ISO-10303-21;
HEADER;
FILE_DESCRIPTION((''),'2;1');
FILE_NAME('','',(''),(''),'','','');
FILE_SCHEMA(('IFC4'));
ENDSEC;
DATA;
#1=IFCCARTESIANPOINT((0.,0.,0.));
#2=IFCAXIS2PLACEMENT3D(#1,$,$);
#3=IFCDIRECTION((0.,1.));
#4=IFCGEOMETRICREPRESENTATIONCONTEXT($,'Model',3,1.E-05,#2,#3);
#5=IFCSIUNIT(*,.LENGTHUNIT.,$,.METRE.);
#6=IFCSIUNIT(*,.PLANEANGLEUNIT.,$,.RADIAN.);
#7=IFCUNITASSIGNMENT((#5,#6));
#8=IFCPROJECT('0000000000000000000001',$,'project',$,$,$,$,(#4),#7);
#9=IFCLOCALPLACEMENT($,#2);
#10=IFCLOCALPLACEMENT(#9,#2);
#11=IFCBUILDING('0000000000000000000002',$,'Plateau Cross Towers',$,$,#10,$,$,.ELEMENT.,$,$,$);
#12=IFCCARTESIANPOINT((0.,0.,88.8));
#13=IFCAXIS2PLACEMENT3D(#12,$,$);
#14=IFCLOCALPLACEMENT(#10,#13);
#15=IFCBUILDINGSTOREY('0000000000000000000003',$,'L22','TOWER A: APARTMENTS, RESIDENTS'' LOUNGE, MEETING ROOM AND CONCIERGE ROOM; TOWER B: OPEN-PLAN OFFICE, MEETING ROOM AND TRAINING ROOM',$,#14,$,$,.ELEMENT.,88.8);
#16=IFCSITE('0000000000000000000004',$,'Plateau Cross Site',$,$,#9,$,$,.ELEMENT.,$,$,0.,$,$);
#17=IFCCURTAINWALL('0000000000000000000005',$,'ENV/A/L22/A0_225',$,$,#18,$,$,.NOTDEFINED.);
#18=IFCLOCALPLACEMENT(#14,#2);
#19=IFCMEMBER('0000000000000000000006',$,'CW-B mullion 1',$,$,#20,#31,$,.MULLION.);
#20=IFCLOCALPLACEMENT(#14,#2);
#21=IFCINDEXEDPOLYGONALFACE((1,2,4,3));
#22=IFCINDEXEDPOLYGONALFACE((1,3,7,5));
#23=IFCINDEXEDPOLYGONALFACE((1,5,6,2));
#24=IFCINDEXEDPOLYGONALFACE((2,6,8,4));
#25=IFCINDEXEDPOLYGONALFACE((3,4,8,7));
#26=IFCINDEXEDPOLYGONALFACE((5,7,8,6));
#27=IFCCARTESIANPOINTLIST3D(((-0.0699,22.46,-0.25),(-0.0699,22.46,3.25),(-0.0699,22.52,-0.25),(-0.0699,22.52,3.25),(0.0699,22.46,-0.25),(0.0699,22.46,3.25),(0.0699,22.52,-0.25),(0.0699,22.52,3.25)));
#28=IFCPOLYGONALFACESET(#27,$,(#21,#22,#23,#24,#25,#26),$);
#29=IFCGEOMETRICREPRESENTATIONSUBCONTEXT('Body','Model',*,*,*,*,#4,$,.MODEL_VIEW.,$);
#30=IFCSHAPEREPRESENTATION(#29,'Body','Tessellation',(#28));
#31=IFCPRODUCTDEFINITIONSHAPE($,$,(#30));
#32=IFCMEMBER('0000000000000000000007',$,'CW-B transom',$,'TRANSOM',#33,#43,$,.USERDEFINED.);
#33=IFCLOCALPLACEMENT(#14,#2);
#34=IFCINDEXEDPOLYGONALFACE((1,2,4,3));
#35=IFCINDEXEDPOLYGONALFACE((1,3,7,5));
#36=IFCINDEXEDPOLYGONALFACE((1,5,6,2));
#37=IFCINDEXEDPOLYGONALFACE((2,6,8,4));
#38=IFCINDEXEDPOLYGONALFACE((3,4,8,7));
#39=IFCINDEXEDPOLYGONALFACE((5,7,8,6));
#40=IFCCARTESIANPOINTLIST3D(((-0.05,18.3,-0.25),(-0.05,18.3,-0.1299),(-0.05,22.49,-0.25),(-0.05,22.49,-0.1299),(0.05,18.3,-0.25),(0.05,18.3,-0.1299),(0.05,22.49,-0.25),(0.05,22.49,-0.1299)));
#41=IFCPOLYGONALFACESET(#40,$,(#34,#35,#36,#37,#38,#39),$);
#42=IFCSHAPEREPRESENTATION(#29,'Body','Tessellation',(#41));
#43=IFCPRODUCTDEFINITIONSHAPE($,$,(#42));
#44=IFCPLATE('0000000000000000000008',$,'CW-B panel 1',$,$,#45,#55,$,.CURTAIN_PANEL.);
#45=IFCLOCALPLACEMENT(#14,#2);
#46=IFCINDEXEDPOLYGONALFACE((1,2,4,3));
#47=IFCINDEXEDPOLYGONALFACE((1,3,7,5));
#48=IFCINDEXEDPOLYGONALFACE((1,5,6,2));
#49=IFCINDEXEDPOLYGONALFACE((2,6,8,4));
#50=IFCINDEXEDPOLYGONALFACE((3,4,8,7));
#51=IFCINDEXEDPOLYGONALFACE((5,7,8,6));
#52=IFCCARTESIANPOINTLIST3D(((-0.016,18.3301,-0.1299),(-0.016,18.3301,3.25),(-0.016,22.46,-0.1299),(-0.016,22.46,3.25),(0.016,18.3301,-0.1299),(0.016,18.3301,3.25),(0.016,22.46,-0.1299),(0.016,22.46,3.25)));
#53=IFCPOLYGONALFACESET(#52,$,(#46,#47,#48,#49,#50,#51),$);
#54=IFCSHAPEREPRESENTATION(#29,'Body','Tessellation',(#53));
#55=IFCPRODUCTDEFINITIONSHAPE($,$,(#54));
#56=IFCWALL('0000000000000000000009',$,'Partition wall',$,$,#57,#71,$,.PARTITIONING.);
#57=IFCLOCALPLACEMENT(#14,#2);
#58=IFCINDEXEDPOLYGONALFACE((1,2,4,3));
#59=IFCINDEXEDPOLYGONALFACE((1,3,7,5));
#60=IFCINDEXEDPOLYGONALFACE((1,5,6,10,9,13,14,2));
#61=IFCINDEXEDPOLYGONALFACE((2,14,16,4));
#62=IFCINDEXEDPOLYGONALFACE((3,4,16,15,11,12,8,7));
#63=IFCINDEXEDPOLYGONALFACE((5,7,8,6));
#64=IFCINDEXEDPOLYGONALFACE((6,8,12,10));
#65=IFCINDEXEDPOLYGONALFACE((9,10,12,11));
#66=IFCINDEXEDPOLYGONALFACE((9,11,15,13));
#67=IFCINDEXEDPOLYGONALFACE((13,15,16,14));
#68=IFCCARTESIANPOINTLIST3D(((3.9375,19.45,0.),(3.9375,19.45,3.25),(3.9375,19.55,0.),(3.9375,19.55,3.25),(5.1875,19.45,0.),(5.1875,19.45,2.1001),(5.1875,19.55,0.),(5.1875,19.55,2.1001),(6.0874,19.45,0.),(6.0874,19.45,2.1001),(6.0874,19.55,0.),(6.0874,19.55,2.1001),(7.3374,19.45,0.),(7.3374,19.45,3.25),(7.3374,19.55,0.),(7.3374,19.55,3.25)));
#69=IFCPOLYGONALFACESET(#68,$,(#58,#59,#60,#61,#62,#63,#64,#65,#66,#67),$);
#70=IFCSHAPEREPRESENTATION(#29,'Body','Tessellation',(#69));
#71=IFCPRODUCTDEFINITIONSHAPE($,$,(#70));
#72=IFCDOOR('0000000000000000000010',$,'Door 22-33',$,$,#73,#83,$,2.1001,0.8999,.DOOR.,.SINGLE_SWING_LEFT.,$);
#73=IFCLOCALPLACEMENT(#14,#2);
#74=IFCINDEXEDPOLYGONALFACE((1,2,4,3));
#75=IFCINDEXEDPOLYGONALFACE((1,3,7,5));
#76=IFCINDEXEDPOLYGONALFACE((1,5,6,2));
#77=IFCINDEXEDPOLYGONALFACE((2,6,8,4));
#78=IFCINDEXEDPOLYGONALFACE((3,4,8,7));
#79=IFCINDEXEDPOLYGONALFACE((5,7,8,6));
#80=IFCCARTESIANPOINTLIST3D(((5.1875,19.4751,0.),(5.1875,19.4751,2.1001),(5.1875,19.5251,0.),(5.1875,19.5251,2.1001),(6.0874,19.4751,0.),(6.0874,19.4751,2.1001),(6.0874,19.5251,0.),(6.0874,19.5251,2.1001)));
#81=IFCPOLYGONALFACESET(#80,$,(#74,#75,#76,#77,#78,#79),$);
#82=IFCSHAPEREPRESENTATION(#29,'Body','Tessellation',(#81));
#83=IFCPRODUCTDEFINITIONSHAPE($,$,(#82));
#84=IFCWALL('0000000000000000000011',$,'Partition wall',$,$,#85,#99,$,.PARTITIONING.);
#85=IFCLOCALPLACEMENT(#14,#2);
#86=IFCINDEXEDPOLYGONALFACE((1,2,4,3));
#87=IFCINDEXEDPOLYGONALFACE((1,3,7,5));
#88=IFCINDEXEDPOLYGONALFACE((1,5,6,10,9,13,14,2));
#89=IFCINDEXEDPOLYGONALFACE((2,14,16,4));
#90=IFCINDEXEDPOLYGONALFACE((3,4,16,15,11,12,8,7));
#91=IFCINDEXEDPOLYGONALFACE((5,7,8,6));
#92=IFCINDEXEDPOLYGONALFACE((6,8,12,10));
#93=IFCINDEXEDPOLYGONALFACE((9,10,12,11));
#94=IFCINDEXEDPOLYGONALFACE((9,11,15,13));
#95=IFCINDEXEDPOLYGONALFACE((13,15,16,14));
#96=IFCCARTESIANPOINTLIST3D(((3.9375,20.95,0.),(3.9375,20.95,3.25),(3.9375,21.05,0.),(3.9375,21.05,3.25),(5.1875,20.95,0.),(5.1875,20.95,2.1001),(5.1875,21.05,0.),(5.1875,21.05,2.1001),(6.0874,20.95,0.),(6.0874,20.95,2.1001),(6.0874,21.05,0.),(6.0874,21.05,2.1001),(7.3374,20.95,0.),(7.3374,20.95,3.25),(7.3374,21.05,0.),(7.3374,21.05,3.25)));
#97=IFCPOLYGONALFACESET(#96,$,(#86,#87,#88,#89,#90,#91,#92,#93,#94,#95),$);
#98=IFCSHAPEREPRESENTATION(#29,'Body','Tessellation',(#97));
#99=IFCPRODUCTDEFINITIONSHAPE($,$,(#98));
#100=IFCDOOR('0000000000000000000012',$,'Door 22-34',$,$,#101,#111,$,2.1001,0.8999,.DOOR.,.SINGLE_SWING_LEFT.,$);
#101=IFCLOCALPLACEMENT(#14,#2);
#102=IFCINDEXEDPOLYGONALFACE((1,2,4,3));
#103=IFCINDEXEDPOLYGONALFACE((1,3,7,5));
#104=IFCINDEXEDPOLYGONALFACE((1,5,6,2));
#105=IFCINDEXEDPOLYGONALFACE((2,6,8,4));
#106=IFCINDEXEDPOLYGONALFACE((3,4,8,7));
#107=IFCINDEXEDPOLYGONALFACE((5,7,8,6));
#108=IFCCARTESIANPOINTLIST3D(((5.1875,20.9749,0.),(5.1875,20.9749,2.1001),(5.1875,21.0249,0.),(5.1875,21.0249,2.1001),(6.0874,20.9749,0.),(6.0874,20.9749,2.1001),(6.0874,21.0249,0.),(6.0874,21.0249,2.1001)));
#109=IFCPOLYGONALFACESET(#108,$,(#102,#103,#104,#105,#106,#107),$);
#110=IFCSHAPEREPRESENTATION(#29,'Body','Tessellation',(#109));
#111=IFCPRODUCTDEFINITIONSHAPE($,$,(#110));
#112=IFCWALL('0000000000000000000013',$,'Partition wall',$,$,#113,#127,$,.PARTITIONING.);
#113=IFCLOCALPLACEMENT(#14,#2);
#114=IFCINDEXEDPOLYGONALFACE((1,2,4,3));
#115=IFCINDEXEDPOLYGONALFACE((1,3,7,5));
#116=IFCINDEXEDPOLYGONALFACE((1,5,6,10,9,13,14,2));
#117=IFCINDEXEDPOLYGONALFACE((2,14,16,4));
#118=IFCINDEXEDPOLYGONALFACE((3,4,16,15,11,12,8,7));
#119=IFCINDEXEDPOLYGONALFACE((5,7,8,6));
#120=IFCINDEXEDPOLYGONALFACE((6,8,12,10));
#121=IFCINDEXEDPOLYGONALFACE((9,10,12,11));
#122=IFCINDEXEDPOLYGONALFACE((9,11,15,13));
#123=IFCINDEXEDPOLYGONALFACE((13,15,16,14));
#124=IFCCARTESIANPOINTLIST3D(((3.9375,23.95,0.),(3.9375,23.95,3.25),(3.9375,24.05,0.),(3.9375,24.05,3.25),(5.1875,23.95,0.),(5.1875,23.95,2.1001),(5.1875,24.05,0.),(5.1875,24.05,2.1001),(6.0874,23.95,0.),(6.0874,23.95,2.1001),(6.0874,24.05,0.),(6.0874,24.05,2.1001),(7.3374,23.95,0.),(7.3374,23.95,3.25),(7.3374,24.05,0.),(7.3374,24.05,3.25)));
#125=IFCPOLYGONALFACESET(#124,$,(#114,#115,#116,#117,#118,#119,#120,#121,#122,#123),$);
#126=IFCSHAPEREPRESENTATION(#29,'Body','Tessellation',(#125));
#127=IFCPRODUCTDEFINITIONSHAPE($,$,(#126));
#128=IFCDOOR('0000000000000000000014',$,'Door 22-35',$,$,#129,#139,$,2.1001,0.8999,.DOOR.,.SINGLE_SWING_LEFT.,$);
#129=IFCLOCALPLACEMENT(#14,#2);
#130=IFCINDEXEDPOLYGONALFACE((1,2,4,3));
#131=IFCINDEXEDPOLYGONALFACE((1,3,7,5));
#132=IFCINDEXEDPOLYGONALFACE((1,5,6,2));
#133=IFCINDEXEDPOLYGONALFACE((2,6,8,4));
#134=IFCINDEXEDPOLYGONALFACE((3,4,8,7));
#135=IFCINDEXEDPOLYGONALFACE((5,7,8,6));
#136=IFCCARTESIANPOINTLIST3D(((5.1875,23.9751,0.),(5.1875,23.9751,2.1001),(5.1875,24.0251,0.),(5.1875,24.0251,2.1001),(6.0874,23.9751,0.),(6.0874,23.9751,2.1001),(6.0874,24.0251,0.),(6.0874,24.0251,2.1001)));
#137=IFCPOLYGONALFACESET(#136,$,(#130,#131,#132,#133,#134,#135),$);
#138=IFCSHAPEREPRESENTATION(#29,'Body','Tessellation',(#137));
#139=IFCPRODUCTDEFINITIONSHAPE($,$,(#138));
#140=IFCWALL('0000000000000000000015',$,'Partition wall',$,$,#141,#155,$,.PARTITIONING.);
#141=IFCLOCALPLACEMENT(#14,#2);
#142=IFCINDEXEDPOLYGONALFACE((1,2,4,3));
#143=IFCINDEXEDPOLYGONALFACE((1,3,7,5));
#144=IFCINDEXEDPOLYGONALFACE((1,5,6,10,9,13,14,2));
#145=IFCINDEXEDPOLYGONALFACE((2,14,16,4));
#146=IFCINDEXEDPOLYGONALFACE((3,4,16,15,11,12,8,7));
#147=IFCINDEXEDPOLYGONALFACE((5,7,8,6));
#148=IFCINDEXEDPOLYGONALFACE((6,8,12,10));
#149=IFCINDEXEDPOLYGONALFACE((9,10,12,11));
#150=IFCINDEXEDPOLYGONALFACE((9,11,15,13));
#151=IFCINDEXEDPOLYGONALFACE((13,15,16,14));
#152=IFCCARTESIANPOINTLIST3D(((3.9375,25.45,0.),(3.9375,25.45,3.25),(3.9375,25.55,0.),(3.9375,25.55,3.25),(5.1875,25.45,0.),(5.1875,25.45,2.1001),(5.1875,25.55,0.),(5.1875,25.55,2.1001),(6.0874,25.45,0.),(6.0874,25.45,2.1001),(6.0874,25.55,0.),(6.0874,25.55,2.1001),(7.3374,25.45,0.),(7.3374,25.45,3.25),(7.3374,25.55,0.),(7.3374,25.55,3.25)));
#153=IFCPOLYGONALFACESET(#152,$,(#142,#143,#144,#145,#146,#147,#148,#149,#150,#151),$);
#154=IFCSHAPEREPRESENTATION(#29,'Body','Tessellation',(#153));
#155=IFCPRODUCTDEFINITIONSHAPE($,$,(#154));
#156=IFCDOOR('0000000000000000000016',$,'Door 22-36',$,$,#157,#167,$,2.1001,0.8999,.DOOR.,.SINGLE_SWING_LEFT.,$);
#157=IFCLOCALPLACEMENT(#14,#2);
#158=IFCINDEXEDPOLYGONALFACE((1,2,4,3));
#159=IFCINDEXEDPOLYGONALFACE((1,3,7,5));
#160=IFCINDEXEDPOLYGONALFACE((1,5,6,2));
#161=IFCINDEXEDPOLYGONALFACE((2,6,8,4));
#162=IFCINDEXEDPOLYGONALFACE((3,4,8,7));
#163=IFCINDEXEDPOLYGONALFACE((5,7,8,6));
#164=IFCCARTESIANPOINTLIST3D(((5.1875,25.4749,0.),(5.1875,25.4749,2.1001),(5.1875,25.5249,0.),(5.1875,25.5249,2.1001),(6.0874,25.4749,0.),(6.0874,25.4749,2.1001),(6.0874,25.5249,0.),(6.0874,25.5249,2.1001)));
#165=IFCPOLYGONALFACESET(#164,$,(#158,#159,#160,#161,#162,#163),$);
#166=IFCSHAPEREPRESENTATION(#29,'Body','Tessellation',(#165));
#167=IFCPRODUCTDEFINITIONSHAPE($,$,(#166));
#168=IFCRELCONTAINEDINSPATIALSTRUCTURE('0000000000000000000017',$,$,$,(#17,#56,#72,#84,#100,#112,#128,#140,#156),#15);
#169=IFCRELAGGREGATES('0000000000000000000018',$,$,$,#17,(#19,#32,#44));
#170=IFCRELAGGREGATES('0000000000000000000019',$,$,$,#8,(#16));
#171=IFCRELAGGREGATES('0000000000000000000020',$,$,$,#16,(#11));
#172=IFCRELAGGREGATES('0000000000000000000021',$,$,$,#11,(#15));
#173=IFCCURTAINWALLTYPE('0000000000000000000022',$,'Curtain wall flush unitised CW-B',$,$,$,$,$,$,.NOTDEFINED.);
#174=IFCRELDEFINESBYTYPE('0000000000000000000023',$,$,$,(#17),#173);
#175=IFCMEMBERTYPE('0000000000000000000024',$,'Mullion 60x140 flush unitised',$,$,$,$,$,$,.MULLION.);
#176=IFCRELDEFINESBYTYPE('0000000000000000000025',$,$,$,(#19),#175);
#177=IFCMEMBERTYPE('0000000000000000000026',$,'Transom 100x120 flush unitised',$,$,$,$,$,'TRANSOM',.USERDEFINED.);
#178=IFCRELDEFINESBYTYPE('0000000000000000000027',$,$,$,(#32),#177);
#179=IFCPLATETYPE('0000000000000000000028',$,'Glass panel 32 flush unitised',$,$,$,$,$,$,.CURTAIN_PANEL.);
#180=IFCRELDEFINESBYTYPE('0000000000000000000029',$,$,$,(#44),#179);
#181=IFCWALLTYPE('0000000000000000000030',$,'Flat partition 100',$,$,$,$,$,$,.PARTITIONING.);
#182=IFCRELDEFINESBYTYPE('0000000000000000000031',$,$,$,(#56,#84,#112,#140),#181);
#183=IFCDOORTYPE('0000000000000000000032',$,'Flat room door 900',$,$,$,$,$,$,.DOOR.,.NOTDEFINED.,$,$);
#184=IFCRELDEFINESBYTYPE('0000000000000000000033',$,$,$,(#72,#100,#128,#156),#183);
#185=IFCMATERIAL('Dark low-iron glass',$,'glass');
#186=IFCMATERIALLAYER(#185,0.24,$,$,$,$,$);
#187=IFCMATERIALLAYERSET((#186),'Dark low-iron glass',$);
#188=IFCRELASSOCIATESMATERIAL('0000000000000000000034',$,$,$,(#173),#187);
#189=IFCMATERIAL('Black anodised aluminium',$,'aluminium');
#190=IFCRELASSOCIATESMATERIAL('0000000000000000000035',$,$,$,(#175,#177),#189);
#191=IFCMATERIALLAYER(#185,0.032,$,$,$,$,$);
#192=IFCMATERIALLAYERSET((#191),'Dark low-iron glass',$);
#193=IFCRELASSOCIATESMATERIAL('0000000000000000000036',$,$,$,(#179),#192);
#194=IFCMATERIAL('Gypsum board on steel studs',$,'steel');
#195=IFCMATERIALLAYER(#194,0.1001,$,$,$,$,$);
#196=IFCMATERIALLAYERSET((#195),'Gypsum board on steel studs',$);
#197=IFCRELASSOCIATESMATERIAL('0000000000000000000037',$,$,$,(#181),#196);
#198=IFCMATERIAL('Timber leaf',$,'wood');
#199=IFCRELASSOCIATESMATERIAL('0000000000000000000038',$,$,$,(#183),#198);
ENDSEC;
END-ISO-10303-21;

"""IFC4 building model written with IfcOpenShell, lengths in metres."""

from ifc_helpers import new_model, si_unit, direction, frame, frame_2d, origin, origin_2d, place, context, subcontext, project, spatial, rectangle, extrude, material, layer, layer_set, material_profile, profile_set, type_object, element, fill, aggregate, save


model = new_model("IFC4")

# Units and contexts
model_context = context("Model", 3, precision=1e-05, world=origin(), true_north=direction((0.0, 1.0)))
body_context = subcontext(model_context, "Body", "Model", "MODEL_VIEW")
ifc_project = project(units=[si_unit("LENGTHUNIT", "METRE"), si_unit("PLANEANGLEUNIT", "RADIAN")], contexts=[model_context])

# Site, building, storey
site_placement = place(None, origin())
site = spatial("IfcSite", under=ifc_project, at=site_placement, Name="Plateau Cross Site", CompositionType="ELEMENT", RefElevation=0.0)
building_placement = place(site_placement, origin())
building = spatial("IfcBuilding", under=site, at=building_placement, Name="Plateau Cross Towers", CompositionType="ELEMENT")
storey_placement = place(building_placement, frame((0.0, 0.0, 88.8)))
storey = spatial("IfcBuildingStorey", under=building, at=storey_placement, Name="L22", Description="TOWER A: APARTMENTS, RESIDENTS' LOUNGE, MEETING ROOM AND CONCIERGE ROOM; TOWER B: OPEN-PLAN OFFICE, MEETING ROOM AND TRAINING ROOM", CompositionType="ELEMENT", Elevation=88.8)

# Curtain wall, members, plate
ifc_material_1 = material(Name="Dark low-iron glass", Category="glass")
ifc_layer_1 = layer(ifc_material_1, 0.24)
ifc_layer_set_1 = layer_set([ifc_layer_1], Name="Dark low-iron glass")
curtain_wall_type = type_object("IfcCurtainWallType", Name="Curtain wall flush unitised CW-B", PredefinedType="NOTDEFINED", material=ifc_layer_set_1)
curtain_wall_placement = place(storey_placement, origin())
curtain_wall = element("IfcCurtainWall", 1, at=curtain_wall_placement, inside=storey, type_object=curtain_wall_type, Name="ENV/A/L22/A0_225", PredefinedType="NOTDEFINED")
ifc_material_2 = material(Name="Black anodised aluminium", Category="aluminium")
ifc_material_profile_1 = material_profile(ifc_material_2, rectangle(XDim=0.0601, YDim=0.1399, at=origin_2d()), Name="MULLION 60x140")
ifc_profile_set_1 = profile_set([ifc_material_profile_1], Name="Black anodised aluminium")
member_type_1 = type_object("IfcMemberType", Name="Mullion 60x140 flush unitised", PredefinedType="MULLION", material=ifc_profile_set_1)
member_1_placement = place(storey_placement, frame((0.0, 22.49, -0.25), z_axis=(0.0, 0.0, 1.0), x_axis=(0.0, -1.0, 0.0)))
member_1 = element("IfcMember", 2, at=member_1_placement, type_object=member_type_1, Name="CW-B mullion 1", PredefinedType="MULLION", context=body_context, shape_type="SweptSolid", body=[
    extrude(rectangle(XDim=0.0601, YDim=0.1399, at=origin_2d()), origin(), (0.0, 0.0, 1.0), 3.5),
])
ifc_material_profile_2 = material_profile(ifc_material_2, rectangle(XDim=0.1001, YDim=0.1201, at=origin_2d()), Name="TRANSOM 100x120")
ifc_profile_set_2 = profile_set([ifc_material_profile_2], Name="Black anodised aluminium")
member_type_2 = type_object("IfcMemberType", Name="Transom 100x120 flush unitised", ElementType="TRANSOM", PredefinedType="USERDEFINED", material=ifc_profile_set_2)
member_2_placement = place(storey_placement, frame((0.0, 22.49, -0.1899), z_axis=(0.0, -1.0, 0.0), x_axis=(1.0, 0.0, 0.0)))
member_2 = element("IfcMember", 3, at=member_2_placement, type_object=member_type_2, Name="CW-B transom", ObjectType="TRANSOM", PredefinedType="USERDEFINED", context=body_context, shape_type="SweptSolid", body=[
    extrude(rectangle(XDim=0.1001, YDim=0.1201, at=origin_2d()), origin(), (0.0, 0.0, 1.0), 4.1899),
])
ifc_layer_2 = layer(ifc_material_1, 0.032)
ifc_layer_set_2 = layer_set([ifc_layer_2], Name="Dark low-iron glass")
plate_type = type_object("IfcPlateType", Name="Glass panel 32 flush unitised", PredefinedType="CURTAIN_PANEL", material=ifc_layer_set_2)
plate_placement = place(storey_placement, frame((0.0, 20.395, -0.1299), z_axis=(0.0, 0.0, 1.0), x_axis=(0.0, -1.0, 0.0)))
plate = element("IfcPlate", 4, at=plate_placement, type_object=plate_type, Name="CW-B panel 1", PredefinedType="CURTAIN_PANEL", context=body_context, shape_type="SweptSolid", body=[
    extrude(rectangle(XDim=4.1299, YDim=0.032, at=origin_2d()), origin(), (0.0, 0.0, 1.0), 3.3799),
])
aggregate(curtain_wall, [member_1, member_2, plate])

# Walls, openings, doors
ifc_material_3 = material(Name="Gypsum board on steel studs", Category="steel")
ifc_layer_3 = layer(ifc_material_3, 0.1001)
ifc_layer_set_3 = layer_set([ifc_layer_3], Name="Gypsum board on steel studs")
wall_type_1 = type_object("IfcWallType", Name="Flat partition 100", PredefinedType="PARTITIONING", material=ifc_layer_set_3)
wall_1_placement = place(storey_placement, frame((7.3374, 19.5, 0.0), z_axis=(0.0, 0.0, 1.0), x_axis=(-1.0, 0.0, 0.0)))
wall_1 = element("IfcWall", 5, at=wall_1_placement, inside=storey, type_object=wall_type_1, Name="Partition wall", PredefinedType="PARTITIONING", context=body_context, shape_type="SweptSolid", body=[
    extrude(rectangle(XDim=3.3999, YDim=0.1001, at=frame_2d((1.7, 0.0))), origin(), (0.0, 0.0, 1.0), 3.25),
])
opening_1_placement = place(wall_1_placement, frame((1.25, 0.0, 0.0)))
opening_1 = element("IfcOpeningElement", 6, at=opening_1_placement, cuts=wall_1, PredefinedType="OPENING", context=body_context, shape_type="SweptSolid", body=[
    extrude(rectangle(XDim=0.8999, YDim=2.1001, at=frame_2d((0.45, 1.05))), frame((0.0, 0.0601, 0.0), z_axis=(0.0, -1.0, 0.0), x_axis=(1.0, 0.0, 0.0)), (0.0, 0.0, 1.0), 0.1201),
])
ifc_material_4 = material(Name="Timber leaf", Category="wood")
door_type_1 = type_object("IfcDoorType", Name="Flat room door 900", OperationType="NOTDEFINED", PredefinedType="DOOR", material=ifc_material_4)
door_1_placement = place(opening_1_placement, origin())
door_1 = element("IfcDoor", 7, at=door_1_placement, inside=storey, type_object=door_type_1, Name="Door 22-33", OperationType="SINGLE_SWING_LEFT", OverallHeight=2.1001, OverallWidth=0.8999, PredefinedType="DOOR", context=body_context, shape_type="SweptSolid", body=[
    extrude(rectangle(XDim=0.8999, YDim=2.1001, at=frame_2d((0.45, 1.05))), frame((0.0, 0.0249, 0.0), z_axis=(0.0, -1.0, 0.0), x_axis=(1.0, 0.0, 0.0)), (0.0, 0.0, 1.0), 0.05),
])
fill(opening_1, door_1)
wall_2_placement = place(storey_placement, frame((3.9375, 21.0, 0.0), z_axis=(0.0, 0.0, 1.0), x_axis=(1.0, 0.0, 0.0)))
wall_2 = element("IfcWall", 8, at=wall_2_placement, inside=storey, type_object=wall_type_1, Name="Partition wall", PredefinedType="PARTITIONING", context=body_context, shape_type="SweptSolid", body=[
    extrude(rectangle(XDim=3.3999, YDim=0.1001, at=frame_2d((1.7, 0.0))), origin(), (0.0, 0.0, 1.0), 3.25),
])
opening_2_placement = place(wall_2_placement, frame((1.25, 0.0, 0.0)))
opening_2 = element("IfcOpeningElement", 9, at=opening_2_placement, cuts=wall_2, PredefinedType="OPENING", context=body_context, shape_type="SweptSolid", body=[
    extrude(rectangle(XDim=0.8999, YDim=2.1001, at=frame_2d((0.45, 1.05))), frame((0.0, 0.0601, 0.0), z_axis=(0.0, -1.0, 0.0), x_axis=(1.0, 0.0, 0.0)), (0.0, 0.0, 1.0), 0.1201),
])
door_2_placement = place(opening_2_placement, origin())
door_2 = element("IfcDoor", 10, at=door_2_placement, inside=storey, type_object=door_type_1, Name="Door 22-34", OperationType="SINGLE_SWING_LEFT", OverallHeight=2.1001, OverallWidth=0.8999, PredefinedType="DOOR", context=body_context, shape_type="SweptSolid", body=[
    extrude(rectangle(XDim=0.8999, YDim=2.1001, at=frame_2d((0.45, 1.05))), frame((0.0, 0.0249, 0.0), z_axis=(0.0, -1.0, 0.0), x_axis=(1.0, 0.0, 0.0)), (0.0, 0.0, 1.0), 0.05),
])
fill(opening_2, door_2)
wall_3_placement = place(storey_placement, frame((7.3374, 24.0, 0.0), z_axis=(0.0, 0.0, 1.0), x_axis=(-1.0, 0.0, 0.0)))
wall_3 = element("IfcWall", 11, at=wall_3_placement, inside=storey, type_object=wall_type_1, Name="Partition wall", PredefinedType="PARTITIONING", context=body_context, shape_type="SweptSolid", body=[
    extrude(rectangle(XDim=3.3999, YDim=0.1001, at=frame_2d((1.7, 0.0))), origin(), (0.0, 0.0, 1.0), 3.25),
])
opening_3_placement = place(wall_3_placement, frame((1.25, 0.0, 0.0)))
opening_3 = element("IfcOpeningElement", 12, at=opening_3_placement, cuts=wall_3, PredefinedType="OPENING", context=body_context, shape_type="SweptSolid", body=[
    extrude(rectangle(XDim=0.8999, YDim=2.1001, at=frame_2d((0.45, 1.05))), frame((0.0, 0.0601, 0.0), z_axis=(0.0, -1.0, 0.0), x_axis=(1.0, 0.0, 0.0)), (0.0, 0.0, 1.0), 0.1201),
])
door_3_placement = place(opening_3_placement, origin())
door_3 = element("IfcDoor", 13, at=door_3_placement, inside=storey, type_object=door_type_1, Name="Door 22-35", OperationType="SINGLE_SWING_LEFT", OverallHeight=2.1001, OverallWidth=0.8999, PredefinedType="DOOR", context=body_context, shape_type="SweptSolid", body=[
    extrude(rectangle(XDim=0.8999, YDim=2.1001, at=frame_2d((0.45, 1.05))), frame((0.0, 0.0249, 0.0), z_axis=(0.0, -1.0, 0.0), x_axis=(1.0, 0.0, 0.0)), (0.0, 0.0, 1.0), 0.05),
])
fill(opening_3, door_3)
wall_4_placement = place(storey_placement, frame((3.9375, 25.5, 0.0), z_axis=(0.0, 0.0, 1.0), x_axis=(1.0, 0.0, 0.0)))
wall_4 = element("IfcWall", 14, at=wall_4_placement, inside=storey, type_object=wall_type_1, Name="Partition wall", PredefinedType="PARTITIONING", context=body_context, shape_type="SweptSolid", body=[
    extrude(rectangle(XDim=3.3999, YDim=0.1001, at=frame_2d((1.7, 0.0))), origin(), (0.0, 0.0, 1.0), 3.25),
])
opening_4_placement = place(wall_4_placement, frame((1.25, 0.0, 0.0)))
opening_4 = element("IfcOpeningElement", 15, at=opening_4_placement, cuts=wall_4, PredefinedType="OPENING", context=body_context, shape_type="SweptSolid", body=[
    extrude(rectangle(XDim=0.8999, YDim=2.1001, at=frame_2d((0.45, 1.05))), frame((0.0, 0.0601, 0.0), z_axis=(0.0, -1.0, 0.0), x_axis=(1.0, 0.0, 0.0)), (0.0, 0.0, 1.0), 0.1201),
])
door_4_placement = place(opening_4_placement, origin())
door_4 = element("IfcDoor", 16, at=door_4_placement, inside=storey, type_object=door_type_1, Name="Door 22-36", OperationType="SINGLE_SWING_LEFT", OverallHeight=2.1001, OverallWidth=0.8999, PredefinedType="DOOR", context=body_context, shape_type="SweptSolid", body=[
    extrude(rectangle(XDim=0.8999, YDim=2.1001, at=frame_2d((0.45, 1.05))), frame((0.0, 0.0249, 0.0), z_axis=(0.0, -1.0, 0.0), x_axis=(1.0, 0.0, 0.0)), (0.0, 0.0, 1.0), 0.05),
])
fill(opening_4, door_4)

save(model, "model.ifc")
